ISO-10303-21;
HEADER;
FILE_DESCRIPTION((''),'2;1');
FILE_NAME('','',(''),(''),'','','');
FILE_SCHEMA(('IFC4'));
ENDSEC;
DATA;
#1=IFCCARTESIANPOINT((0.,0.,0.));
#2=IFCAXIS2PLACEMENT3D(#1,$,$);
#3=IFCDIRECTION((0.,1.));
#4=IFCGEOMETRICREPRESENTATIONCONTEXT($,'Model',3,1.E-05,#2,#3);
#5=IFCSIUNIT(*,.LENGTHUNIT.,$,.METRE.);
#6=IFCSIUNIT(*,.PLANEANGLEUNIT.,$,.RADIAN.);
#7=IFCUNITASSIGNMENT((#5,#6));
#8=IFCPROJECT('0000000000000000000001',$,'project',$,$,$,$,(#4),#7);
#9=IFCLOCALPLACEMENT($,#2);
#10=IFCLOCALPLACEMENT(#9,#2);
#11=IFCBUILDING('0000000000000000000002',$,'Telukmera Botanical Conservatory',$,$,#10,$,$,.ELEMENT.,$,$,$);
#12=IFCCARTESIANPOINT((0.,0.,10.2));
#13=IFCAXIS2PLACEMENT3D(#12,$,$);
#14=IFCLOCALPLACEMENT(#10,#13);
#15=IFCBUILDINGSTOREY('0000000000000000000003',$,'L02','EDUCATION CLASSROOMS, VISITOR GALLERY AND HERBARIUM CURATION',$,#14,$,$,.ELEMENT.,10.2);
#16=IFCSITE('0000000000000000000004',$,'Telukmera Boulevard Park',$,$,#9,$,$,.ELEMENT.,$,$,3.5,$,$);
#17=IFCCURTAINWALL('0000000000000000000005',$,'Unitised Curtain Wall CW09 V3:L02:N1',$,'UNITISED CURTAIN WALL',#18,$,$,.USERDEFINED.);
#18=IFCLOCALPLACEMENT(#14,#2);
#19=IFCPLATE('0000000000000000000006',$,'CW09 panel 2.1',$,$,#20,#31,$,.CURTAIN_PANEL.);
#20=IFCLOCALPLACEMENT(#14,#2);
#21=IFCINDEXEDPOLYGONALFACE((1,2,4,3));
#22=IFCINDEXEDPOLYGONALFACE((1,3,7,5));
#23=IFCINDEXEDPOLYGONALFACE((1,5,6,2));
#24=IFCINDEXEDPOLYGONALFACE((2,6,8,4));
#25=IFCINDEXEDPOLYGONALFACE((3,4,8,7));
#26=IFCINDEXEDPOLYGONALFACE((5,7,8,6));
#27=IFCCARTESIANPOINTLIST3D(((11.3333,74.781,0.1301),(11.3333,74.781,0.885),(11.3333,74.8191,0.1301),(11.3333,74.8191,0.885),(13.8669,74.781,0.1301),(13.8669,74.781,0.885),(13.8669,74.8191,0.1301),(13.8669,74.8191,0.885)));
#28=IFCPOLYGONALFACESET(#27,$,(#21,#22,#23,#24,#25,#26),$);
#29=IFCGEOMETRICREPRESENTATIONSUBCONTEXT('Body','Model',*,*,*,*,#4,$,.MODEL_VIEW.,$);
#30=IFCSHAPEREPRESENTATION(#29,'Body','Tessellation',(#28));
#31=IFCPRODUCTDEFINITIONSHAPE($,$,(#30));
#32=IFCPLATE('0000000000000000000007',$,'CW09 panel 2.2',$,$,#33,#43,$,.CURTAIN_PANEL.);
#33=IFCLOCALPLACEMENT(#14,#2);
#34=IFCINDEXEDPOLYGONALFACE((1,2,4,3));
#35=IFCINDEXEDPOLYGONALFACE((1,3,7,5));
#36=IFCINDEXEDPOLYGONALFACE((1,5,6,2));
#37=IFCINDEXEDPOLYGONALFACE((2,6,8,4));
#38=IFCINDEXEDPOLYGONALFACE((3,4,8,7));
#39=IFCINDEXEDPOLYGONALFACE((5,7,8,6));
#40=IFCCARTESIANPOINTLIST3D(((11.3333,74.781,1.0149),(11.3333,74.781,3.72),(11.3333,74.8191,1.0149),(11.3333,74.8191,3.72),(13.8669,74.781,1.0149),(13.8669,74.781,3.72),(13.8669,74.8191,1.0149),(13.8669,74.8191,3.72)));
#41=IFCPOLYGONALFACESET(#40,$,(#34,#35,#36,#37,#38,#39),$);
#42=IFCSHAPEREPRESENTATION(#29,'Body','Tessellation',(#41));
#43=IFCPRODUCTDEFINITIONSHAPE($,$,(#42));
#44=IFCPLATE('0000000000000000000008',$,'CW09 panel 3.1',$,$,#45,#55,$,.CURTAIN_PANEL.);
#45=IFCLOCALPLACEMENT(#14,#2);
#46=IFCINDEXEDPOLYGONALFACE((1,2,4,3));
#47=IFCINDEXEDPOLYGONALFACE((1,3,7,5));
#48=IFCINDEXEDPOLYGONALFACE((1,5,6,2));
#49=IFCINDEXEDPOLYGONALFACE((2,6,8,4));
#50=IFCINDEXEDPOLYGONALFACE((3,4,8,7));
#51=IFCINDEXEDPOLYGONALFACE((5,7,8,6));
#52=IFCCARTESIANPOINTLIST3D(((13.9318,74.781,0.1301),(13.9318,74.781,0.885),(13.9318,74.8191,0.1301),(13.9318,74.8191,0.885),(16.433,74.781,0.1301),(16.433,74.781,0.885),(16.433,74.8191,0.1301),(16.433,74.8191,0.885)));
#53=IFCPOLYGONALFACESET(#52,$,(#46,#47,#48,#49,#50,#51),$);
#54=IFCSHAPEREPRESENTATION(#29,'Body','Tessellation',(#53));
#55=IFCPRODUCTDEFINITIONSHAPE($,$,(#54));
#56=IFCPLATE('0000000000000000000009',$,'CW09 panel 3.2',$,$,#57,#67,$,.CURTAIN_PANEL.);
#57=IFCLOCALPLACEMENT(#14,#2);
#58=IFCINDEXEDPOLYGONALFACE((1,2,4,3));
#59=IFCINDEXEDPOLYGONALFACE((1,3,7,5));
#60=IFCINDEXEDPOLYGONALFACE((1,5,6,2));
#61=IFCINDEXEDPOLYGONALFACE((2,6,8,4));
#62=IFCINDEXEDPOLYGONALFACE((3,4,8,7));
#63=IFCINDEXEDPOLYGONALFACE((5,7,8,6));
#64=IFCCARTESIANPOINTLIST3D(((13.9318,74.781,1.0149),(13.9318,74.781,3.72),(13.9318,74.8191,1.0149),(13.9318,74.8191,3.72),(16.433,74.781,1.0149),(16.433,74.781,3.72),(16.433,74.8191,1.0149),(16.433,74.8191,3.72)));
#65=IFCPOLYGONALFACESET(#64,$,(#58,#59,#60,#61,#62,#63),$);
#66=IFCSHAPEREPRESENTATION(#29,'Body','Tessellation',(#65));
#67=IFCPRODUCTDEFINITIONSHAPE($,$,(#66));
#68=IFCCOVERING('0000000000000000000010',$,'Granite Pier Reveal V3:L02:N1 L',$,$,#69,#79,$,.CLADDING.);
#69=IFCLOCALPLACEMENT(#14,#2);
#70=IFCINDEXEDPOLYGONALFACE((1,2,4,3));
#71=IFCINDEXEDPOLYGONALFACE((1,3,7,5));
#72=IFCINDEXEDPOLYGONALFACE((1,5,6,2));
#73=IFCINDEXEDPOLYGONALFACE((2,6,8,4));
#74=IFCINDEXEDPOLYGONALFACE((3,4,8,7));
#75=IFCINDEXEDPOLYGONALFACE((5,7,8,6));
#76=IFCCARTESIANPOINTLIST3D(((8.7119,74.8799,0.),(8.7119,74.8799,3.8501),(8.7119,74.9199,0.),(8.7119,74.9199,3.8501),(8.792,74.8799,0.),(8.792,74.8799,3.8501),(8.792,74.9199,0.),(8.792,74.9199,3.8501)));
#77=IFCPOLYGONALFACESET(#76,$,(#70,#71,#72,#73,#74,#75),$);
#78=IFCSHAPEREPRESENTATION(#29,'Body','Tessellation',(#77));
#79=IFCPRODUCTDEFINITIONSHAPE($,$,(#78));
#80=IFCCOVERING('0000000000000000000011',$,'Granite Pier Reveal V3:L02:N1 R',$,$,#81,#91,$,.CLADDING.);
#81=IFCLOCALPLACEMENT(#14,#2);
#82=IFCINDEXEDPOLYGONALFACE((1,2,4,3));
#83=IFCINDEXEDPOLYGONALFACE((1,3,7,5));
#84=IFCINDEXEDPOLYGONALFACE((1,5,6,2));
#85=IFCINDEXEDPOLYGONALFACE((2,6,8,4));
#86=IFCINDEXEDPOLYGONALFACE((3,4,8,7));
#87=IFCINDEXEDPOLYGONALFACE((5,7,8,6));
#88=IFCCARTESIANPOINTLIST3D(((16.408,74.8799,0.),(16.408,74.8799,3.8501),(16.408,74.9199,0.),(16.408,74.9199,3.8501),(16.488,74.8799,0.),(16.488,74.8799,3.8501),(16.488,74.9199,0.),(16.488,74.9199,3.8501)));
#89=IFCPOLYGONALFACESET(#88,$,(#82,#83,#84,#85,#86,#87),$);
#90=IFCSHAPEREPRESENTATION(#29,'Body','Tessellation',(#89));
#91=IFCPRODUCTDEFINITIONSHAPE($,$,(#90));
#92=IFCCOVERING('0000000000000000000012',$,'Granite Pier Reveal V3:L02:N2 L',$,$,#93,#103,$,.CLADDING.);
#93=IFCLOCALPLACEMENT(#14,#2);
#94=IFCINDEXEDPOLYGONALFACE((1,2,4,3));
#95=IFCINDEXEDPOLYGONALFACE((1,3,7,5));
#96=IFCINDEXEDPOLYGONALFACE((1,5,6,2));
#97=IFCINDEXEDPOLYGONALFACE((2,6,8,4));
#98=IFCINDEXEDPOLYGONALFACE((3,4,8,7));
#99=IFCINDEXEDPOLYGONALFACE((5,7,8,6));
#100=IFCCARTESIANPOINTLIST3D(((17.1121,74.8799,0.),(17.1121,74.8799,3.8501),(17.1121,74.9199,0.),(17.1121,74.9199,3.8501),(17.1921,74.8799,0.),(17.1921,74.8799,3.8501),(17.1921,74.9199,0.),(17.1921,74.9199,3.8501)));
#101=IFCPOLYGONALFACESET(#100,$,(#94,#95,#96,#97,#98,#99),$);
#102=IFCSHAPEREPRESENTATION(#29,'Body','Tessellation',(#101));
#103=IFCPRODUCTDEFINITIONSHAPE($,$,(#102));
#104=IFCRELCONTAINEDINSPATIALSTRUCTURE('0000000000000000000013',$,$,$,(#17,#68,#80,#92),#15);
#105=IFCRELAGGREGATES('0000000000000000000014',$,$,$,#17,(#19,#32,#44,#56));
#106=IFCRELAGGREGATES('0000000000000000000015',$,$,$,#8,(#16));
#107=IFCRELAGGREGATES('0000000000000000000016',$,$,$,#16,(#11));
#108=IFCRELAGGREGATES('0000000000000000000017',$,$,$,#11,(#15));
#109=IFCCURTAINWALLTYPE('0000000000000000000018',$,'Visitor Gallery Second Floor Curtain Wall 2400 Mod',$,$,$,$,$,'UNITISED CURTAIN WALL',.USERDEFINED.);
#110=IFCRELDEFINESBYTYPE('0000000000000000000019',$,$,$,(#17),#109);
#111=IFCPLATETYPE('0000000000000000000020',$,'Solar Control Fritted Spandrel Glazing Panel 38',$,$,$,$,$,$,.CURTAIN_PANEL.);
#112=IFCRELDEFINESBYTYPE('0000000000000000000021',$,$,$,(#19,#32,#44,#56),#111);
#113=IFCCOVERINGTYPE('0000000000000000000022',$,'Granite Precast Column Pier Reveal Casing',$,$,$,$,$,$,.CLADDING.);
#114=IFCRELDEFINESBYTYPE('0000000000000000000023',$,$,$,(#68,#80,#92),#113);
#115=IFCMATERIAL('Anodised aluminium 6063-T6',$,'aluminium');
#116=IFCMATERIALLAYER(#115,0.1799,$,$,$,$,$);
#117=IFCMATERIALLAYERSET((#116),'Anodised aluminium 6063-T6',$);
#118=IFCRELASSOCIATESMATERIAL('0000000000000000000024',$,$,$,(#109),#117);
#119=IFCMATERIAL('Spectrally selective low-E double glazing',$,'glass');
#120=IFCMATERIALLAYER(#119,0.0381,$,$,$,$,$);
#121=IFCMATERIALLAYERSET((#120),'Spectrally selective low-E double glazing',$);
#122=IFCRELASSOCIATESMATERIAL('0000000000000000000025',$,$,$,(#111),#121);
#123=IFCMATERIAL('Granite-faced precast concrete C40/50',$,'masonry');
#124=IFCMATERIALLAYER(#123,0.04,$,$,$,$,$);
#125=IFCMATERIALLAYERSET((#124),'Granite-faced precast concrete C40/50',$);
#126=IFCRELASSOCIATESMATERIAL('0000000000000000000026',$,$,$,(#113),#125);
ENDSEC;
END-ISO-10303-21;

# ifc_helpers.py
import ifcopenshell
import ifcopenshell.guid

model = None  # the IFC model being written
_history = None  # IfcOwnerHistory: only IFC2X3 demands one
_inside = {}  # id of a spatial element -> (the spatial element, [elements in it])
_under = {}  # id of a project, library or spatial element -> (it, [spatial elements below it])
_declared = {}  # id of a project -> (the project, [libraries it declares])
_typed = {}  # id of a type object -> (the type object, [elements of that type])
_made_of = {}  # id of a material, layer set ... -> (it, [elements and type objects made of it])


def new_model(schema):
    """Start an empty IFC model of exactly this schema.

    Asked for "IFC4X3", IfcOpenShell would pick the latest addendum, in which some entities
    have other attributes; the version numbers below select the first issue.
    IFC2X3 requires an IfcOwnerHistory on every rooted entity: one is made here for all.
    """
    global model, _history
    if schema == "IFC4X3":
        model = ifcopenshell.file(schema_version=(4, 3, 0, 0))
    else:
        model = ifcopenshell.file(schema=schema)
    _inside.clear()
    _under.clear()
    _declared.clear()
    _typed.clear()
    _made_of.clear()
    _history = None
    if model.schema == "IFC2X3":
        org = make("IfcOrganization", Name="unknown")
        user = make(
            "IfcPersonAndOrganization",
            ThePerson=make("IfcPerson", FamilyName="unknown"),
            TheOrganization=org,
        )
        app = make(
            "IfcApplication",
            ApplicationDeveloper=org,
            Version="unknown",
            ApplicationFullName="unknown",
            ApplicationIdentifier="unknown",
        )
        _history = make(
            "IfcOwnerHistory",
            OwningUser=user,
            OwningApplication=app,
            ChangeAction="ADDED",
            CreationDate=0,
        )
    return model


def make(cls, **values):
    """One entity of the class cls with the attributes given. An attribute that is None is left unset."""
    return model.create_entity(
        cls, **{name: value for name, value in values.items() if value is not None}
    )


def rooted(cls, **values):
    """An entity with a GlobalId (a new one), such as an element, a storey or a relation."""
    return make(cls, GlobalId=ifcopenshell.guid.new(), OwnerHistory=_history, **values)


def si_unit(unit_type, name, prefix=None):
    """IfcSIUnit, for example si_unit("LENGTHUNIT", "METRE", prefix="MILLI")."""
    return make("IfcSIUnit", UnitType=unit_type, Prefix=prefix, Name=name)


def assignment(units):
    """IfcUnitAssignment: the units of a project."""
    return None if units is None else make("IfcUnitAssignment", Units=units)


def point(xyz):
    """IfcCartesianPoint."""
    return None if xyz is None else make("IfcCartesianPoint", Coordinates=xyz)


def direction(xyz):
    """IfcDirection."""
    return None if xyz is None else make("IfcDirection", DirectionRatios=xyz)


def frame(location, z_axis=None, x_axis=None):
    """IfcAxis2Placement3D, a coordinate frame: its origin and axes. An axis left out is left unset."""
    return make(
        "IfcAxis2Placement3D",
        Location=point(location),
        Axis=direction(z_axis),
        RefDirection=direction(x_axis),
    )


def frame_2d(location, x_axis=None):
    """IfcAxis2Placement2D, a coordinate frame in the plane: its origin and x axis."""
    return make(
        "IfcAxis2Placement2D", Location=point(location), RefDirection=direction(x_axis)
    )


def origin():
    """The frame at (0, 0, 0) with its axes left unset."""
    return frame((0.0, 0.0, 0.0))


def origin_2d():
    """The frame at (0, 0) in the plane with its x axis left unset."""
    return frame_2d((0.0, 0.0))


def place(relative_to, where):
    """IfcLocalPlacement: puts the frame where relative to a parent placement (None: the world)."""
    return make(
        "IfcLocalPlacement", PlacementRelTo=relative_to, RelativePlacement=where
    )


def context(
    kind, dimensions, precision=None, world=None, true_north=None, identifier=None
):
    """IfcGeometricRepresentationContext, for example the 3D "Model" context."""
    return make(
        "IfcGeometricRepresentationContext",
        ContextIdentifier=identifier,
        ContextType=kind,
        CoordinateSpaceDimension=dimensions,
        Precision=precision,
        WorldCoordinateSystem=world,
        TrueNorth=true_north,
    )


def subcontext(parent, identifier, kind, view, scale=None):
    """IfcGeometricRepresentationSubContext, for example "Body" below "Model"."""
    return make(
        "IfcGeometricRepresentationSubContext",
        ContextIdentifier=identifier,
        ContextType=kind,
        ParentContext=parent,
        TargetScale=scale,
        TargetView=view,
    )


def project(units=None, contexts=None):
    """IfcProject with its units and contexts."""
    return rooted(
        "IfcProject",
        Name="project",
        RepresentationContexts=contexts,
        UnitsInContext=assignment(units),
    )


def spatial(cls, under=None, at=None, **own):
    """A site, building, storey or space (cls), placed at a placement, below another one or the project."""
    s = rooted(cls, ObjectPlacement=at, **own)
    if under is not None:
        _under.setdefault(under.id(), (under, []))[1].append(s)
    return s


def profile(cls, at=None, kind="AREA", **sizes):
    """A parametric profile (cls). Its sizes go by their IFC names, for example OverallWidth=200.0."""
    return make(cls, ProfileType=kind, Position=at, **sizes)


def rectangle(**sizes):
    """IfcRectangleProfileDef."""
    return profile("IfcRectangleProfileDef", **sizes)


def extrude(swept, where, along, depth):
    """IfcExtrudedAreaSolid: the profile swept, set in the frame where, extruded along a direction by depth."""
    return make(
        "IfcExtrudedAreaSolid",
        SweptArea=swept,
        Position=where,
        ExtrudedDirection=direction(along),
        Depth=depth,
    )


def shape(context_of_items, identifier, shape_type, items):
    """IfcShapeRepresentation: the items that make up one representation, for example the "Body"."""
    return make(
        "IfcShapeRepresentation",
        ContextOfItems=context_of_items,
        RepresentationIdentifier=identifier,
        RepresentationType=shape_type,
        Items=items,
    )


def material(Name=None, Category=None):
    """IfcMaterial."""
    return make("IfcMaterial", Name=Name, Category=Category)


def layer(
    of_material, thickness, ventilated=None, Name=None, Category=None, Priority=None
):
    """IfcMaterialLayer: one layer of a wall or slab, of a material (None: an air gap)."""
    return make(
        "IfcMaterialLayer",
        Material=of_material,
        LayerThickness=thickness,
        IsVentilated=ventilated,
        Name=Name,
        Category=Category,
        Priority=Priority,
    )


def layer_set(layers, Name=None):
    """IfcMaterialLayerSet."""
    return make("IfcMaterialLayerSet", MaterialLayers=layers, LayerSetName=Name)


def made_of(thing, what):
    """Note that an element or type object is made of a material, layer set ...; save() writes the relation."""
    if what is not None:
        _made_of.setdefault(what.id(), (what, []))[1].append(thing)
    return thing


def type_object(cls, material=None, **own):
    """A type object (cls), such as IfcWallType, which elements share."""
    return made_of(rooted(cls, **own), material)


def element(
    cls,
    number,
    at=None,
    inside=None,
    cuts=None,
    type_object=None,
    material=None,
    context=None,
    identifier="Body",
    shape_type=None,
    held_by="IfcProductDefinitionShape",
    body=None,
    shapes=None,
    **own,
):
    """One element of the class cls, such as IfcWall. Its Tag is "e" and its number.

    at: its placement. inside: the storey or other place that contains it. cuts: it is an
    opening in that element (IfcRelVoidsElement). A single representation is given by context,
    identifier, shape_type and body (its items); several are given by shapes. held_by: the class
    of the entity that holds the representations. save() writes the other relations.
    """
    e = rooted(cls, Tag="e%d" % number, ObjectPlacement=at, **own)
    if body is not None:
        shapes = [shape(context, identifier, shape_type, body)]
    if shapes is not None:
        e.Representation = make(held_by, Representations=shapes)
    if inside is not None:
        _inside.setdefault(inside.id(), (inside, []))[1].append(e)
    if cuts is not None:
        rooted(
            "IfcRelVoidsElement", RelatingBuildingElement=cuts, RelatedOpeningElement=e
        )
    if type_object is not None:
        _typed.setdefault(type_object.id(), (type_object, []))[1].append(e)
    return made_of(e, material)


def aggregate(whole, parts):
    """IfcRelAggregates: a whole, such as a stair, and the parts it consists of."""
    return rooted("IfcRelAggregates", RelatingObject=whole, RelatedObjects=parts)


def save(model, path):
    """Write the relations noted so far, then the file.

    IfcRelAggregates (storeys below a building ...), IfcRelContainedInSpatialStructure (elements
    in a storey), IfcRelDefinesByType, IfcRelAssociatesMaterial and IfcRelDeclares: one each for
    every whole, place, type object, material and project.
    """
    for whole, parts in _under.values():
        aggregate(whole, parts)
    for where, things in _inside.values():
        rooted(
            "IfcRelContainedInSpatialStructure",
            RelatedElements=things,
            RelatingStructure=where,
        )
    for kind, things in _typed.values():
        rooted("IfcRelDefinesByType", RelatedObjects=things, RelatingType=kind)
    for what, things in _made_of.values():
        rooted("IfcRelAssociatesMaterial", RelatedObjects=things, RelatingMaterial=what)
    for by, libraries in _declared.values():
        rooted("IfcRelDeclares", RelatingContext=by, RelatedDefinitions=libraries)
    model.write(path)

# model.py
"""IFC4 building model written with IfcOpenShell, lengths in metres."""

from ifc_helpers import new_model, si_unit, direction, frame, origin, origin_2d, place, context, subcontext, project, spatial, rectangle, extrude, material, layer, layer_set, type_object, element, aggregate, save


model = new_model("IFC4")

# Units and contexts
model_context = context("Model", 3, precision=1e-05, world=origin(), true_north=direction((0.0, 1.0)))
body_context = subcontext(model_context, "Body", "Model", "MODEL_VIEW")
ifc_project = project(units=[si_unit("LENGTHUNIT", "METRE"), si_unit("PLANEANGLEUNIT", "RADIAN")], contexts=[model_context])

# Site, building, storey
site_placement = place(None, origin())
site = spatial("IfcSite", under=ifc_project, at=site_placement, Name="Telukmera Boulevard Park", CompositionType="ELEMENT", RefElevation=3.5)
building_placement = place(site_placement, origin())
building = spatial("IfcBuilding", under=site, at=building_placement, Name="Telukmera Botanical Conservatory", CompositionType="ELEMENT")
storey_placement = place(building_placement, frame((0.0, 0.0, 10.2)))
storey = spatial("IfcBuildingStorey", under=building, at=storey_placement, Name="L02", Description="EDUCATION CLASSROOMS, VISITOR GALLERY AND HERBARIUM CURATION", CompositionType="ELEMENT", Elevation=10.2)

# Curtain wall
ifc_material_1 = material(Name="Anodised aluminium 6063-T6", Category="aluminium")
ifc_layer_1 = layer(ifc_material_1, 0.1799)
ifc_layer_set_1 = layer_set([ifc_layer_1], Name="Anodised aluminium 6063-T6")
curtain_wall_type_1 = type_object("IfcCurtainWallType", Name="Visitor Gallery Second Floor Curtain Wall 2400 Mod", ElementType="UNITISED CURTAIN WALL", PredefinedType="USERDEFINED", material=ifc_layer_set_1)
curtain_wall_1_placement = place(storey_placement, origin())
curtain_wall_1 = element("IfcCurtainWall", 1, at=curtain_wall_1_placement, inside=storey, type_object=curtain_wall_type_1, Name="Unitised Curtain Wall CW09 V3:L02:N1", ObjectType="UNITISED CURTAIN WALL", PredefinedType="USERDEFINED")

# Plates
ifc_material_2 = material(Name="Spectrally selective low-E double glazing", Category="glass")
ifc_layer_2 = layer(ifc_material_2, 0.0381)
ifc_layer_set_2 = layer_set([ifc_layer_2], Name="Spectrally selective low-E double glazing")
plate_type_1 = type_object("IfcPlateType", Name="Solar Control Fritted Spandrel Glazing Panel 38", PredefinedType="CURTAIN_PANEL", material=ifc_layer_set_2)
plate_1_placement = place(storey_placement, frame((12.6001, 74.8, 0.1301), z_axis=(0.0, 0.0, 1.0), x_axis=(1.0, 0.0, 0.0)))
plate_1 = element("IfcPlate", 2, at=plate_1_placement, type_object=plate_type_1, Name="CW09 panel 2.1", PredefinedType="CURTAIN_PANEL", context=body_context, shape_type="SweptSolid", body=[
    extrude(rectangle(XDim=2.5337, YDim=0.0381, at=origin_2d()), origin(), (0.0, 0.0, 1.0), 0.7549),
])
plate_2_placement = place(storey_placement, frame((12.6001, 74.8, 1.0149), z_axis=(0.0, 0.0, 1.0), x_axis=(1.0, 0.0, 0.0)))
plate_2 = element("IfcPlate", 3, at=plate_2_placement, type_object=plate_type_1, Name="CW09 panel 2.2", PredefinedType="CURTAIN_PANEL", context=body_context, shape_type="SweptSolid", body=[
    extrude(rectangle(XDim=2.5337, YDim=0.0381, at=origin_2d()), origin(), (0.0, 0.0, 1.0), 2.7051),
])
plate_3_placement = place(storey_placement, frame((15.1824, 74.8, 0.1301), z_axis=(0.0, 0.0, 1.0), x_axis=(1.0, 0.0, 0.0)))
plate_3 = element("IfcPlate", 4, at=plate_3_placement, type_object=plate_type_1, Name="CW09 panel 3.1", PredefinedType="CURTAIN_PANEL", context=body_context, shape_type="SweptSolid", body=[
    extrude(rectangle(XDim=2.5012, YDim=0.0381, at=origin_2d()), origin(), (0.0, 0.0, 1.0), 0.7549),
])
plate_4_placement = place(storey_placement, frame((15.1824, 74.8, 1.0149), z_axis=(0.0, 0.0, 1.0), x_axis=(1.0, 0.0, 0.0)))
plate_4 = element("IfcPlate", 5, at=plate_4_placement, type_object=plate_type_1, Name="CW09 panel 3.2", PredefinedType="CURTAIN_PANEL", context=body_context, shape_type="SweptSolid", body=[
    extrude(rectangle(XDim=2.5012, YDim=0.0381, at=origin_2d()), origin(), (0.0, 0.0, 1.0), 2.7051),
])
aggregate(curtain_wall_1, [plate_1, plate_2, plate_3, plate_4])

# Coverings
ifc_material_3 = material(Name="Granite-faced precast concrete C40/50", Category="masonry")
ifc_layer_3 = layer(ifc_material_3, 0.04)
ifc_layer_set_3 = layer_set([ifc_layer_3], Name="Granite-faced precast concrete C40/50")
covering_type = type_object("IfcCoveringType", Name="Granite Precast Column Pier Reveal Casing", PredefinedType="CLADDING", material=ifc_layer_set_3)
for number, where, z_axis, x_axis, name in (
    (6, (8.752, 74.8999, 0.0), (0.0, 0.0, 1.0), (1.0, 0.0, 0.0), "Granite Pier Reveal V3:L02:N1 L"),
    (7, (16.448, 74.8999, 0.0), (0.0, 0.0, 1.0), (1.0, 0.0, 0.0), "Granite Pier Reveal V3:L02:N1 R"),
    (8, (17.1521, 74.8999, 0.0), (0.0, 0.0, 1.0), (1.0, 0.0, 0.0), "Granite Pier Reveal V3:L02:N2 L"),
):
    element("IfcCovering", number, at=place(storey_placement, frame(where, z_axis=z_axis, x_axis=x_axis)), inside=storey, type_object=covering_type, Name=name, PredefinedType="CLADDING", context=body_context, shape_type="SweptSolid", body=[
        extrude(rectangle(XDim=0.0801, YDim=0.04, at=origin_2d()), origin(), (0.0, 0.0, 1.0), 3.8501),
    ])

save(model, "model.ifc")
